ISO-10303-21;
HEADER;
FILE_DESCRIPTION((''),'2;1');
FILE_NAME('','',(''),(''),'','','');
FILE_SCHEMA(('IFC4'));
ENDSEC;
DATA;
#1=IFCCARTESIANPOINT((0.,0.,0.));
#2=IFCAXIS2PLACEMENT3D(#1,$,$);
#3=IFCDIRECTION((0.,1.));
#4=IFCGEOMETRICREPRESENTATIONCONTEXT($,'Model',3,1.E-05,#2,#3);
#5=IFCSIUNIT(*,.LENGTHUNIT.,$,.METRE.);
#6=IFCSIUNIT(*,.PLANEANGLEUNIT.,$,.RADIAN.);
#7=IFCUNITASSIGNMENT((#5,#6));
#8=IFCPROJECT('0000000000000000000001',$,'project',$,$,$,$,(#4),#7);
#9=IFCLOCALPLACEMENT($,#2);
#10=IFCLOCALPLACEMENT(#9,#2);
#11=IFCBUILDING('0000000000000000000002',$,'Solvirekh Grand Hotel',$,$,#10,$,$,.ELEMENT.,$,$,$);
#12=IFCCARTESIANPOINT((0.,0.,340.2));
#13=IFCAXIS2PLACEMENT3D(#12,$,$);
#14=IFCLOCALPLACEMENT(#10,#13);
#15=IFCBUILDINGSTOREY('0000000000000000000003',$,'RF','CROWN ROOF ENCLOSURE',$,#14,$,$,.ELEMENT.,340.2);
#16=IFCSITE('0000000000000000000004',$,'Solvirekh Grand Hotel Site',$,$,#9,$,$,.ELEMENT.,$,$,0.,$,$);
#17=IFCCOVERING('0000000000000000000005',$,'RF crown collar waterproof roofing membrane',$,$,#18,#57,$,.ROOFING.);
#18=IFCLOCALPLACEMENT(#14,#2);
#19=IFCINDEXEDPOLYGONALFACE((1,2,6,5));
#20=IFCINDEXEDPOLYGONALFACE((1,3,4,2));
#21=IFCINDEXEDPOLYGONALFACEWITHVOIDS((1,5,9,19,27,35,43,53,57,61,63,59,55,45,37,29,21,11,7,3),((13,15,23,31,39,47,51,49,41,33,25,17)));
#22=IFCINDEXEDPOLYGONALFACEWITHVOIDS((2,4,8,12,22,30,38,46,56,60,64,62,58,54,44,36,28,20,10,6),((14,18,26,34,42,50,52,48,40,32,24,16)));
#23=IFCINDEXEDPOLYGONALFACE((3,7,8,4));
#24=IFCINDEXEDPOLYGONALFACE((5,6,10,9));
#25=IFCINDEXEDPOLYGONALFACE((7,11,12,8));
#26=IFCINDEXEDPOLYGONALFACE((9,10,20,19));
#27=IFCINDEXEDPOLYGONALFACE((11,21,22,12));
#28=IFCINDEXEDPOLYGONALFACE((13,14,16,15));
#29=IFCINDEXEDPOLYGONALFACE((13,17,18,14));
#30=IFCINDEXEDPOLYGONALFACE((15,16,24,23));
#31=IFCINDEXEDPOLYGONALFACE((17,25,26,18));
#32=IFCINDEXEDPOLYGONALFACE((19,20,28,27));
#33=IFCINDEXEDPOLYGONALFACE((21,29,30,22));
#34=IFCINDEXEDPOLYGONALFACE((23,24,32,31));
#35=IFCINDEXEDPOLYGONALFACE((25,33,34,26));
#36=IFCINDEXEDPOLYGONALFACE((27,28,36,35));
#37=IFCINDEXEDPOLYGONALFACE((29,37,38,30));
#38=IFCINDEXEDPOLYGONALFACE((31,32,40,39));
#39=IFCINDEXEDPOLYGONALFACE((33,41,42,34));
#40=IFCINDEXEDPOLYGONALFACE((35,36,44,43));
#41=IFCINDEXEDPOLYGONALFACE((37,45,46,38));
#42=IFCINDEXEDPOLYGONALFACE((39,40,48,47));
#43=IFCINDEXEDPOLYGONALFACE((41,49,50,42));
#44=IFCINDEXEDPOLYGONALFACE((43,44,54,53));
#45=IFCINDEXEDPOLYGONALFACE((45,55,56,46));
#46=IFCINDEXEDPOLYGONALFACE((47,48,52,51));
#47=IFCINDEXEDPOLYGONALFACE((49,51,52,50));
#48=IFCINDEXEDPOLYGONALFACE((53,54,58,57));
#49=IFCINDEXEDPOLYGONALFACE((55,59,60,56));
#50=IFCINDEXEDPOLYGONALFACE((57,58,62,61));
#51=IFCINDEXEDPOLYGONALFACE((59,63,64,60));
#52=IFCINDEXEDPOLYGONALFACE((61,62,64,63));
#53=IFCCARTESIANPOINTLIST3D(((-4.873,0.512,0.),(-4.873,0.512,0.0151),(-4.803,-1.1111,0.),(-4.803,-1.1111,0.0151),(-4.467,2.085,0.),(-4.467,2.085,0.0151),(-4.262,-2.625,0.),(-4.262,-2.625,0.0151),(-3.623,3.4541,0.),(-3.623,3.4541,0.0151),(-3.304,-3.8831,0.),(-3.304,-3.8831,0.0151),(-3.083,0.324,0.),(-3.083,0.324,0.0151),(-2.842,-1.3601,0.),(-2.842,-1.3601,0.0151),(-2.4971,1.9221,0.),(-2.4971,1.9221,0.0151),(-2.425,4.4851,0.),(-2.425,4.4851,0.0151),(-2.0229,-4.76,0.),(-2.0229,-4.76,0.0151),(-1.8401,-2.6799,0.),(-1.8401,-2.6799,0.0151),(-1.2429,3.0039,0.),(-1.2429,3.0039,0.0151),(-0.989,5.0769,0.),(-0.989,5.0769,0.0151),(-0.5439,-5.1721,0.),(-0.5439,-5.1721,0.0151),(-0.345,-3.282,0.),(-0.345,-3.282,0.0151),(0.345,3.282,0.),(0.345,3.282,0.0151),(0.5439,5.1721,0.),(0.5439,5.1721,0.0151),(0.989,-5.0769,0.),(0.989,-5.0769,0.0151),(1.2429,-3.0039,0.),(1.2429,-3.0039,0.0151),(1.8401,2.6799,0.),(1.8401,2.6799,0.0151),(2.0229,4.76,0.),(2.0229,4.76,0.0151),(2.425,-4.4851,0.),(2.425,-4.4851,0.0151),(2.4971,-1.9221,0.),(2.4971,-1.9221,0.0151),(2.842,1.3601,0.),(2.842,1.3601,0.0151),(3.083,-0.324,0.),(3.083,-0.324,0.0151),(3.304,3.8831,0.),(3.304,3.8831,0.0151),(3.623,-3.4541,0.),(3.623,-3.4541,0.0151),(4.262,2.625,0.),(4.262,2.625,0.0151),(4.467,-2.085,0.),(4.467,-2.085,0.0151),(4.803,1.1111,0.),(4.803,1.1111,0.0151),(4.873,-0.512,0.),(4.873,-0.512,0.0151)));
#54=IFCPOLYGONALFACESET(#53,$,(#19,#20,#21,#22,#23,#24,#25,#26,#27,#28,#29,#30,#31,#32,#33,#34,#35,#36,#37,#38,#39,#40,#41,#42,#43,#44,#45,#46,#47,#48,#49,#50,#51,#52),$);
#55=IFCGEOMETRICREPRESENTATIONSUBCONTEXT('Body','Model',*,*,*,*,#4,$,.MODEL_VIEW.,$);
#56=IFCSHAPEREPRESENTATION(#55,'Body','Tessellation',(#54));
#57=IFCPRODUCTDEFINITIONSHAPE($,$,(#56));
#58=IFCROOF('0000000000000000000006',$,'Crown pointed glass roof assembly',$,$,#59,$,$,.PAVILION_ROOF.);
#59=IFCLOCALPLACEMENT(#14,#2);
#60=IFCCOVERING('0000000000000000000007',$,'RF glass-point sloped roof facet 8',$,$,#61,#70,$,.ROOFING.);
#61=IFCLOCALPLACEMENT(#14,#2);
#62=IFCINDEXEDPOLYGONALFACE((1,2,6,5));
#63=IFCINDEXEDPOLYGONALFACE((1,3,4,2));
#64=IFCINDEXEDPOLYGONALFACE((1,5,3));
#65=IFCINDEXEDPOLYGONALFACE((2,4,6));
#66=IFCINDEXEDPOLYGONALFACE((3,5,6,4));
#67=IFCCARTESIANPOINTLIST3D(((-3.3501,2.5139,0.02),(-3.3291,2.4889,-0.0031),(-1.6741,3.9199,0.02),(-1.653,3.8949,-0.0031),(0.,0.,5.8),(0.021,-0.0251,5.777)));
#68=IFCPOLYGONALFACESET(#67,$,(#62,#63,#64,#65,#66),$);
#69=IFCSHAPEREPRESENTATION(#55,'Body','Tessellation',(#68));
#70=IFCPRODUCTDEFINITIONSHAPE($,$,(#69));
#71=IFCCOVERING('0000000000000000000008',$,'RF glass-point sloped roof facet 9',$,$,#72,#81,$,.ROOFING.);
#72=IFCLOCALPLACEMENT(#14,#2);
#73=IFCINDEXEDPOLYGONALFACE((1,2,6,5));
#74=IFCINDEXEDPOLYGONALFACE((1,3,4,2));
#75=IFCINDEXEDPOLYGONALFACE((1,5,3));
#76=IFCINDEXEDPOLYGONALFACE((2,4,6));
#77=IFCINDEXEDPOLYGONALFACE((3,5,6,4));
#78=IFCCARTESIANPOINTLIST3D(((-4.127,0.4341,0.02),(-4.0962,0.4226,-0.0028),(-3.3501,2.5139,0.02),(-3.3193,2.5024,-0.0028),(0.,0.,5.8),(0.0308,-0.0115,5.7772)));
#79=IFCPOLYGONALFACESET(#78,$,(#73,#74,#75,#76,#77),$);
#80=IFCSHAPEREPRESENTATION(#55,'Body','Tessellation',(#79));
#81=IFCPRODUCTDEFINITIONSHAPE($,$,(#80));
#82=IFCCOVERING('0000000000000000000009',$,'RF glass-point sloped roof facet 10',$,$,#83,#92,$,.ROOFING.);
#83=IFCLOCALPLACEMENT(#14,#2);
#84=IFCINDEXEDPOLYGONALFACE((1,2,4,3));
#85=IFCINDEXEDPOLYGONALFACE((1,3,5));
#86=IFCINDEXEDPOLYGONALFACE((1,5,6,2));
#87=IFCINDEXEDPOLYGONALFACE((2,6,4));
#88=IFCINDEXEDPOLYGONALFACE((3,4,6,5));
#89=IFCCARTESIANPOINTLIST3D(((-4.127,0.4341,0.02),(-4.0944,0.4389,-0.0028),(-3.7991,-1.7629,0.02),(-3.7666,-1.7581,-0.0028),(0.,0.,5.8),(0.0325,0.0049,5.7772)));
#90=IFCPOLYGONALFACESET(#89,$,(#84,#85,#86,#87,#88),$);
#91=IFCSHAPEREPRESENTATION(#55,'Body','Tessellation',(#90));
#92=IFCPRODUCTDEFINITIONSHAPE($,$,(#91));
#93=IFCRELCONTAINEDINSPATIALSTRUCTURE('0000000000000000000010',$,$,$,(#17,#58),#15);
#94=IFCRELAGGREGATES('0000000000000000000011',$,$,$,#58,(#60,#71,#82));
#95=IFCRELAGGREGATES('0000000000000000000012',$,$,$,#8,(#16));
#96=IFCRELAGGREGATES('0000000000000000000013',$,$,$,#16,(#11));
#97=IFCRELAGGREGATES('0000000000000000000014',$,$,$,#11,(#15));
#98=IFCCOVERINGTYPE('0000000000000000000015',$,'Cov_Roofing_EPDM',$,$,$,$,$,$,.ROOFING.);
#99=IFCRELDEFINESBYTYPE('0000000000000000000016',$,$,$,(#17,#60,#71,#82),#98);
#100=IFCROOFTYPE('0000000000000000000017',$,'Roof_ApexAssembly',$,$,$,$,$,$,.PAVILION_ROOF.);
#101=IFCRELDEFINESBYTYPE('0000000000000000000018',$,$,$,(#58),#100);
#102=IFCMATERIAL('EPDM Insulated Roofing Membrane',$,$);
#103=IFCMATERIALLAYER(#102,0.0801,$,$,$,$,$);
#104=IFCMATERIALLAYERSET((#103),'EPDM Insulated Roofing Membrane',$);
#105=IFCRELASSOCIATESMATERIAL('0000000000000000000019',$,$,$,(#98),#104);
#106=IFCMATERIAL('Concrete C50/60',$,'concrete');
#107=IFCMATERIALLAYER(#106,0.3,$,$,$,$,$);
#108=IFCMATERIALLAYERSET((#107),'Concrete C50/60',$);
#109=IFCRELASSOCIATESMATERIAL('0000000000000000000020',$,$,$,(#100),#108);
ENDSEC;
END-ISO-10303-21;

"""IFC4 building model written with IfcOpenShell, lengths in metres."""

from ifc_helpers import new_model, si_unit, direction, frame, origin, place, context, subcontext, project, spatial, polyline, outline, extrude, material, layer, layer_set, type_object, element, aggregate, save


model = new_model("IFC4")

# Units and contexts
model_context = context("Model", 3, precision=1e-05, world=origin(), true_north=direction((0.0, 1.0)))
body_context = subcontext(model_context, "Body", "Model", "MODEL_VIEW")
ifc_project = project(units=[si_unit("LENGTHUNIT", "METRE"), si_unit("PLANEANGLEUNIT", "RADIAN")], contexts=[model_context])

# Site, building, storey
site_placement = place(None, origin())
site = spatial("IfcSite", under=ifc_project, at=site_placement, Name="Solvirekh Grand Hotel Site", CompositionType="ELEMENT", RefElevation=0.0)
building_placement = place(site_placement, origin())
building = spatial("IfcBuilding", under=site, at=building_placement, Name="Solvirekh Grand Hotel", CompositionType="ELEMENT")
storey_placement = place(building_placement, frame((0.0, 0.0, 340.2)))
storey = spatial("IfcBuildingStorey", under=building, at=storey_placement, Name="RF", Description="CROWN ROOF ENCLOSURE", CompositionType="ELEMENT", Elevation=340.2)

# Covering
ifc_material_1 = material(Name="EPDM Insulated Roofing Membrane")
ifc_layer_1 = layer(ifc_material_1, 0.0801)
ifc_layer_set_1 = layer_set([ifc_layer_1], Name="EPDM Insulated Roofing Membrane")
covering_type = type_object("IfcCoveringType", Name="Cov_Roofing_EPDM", PredefinedType="ROOFING", material=ifc_layer_set_1)
covering_1_placement = place(storey_placement, origin())
element("IfcCovering", 1, at=covering_1_placement, inside=storey, type_object=covering_type, Name="RF crown collar waterproof roofing membrane", PredefinedType="ROOFING", context=body_context, shape_type="SweptSolid", body=[
    extrude(outline(polyline([(-0.5439, -5.1721), (0.989, -5.0769), (2.425, -4.4851), (3.623, -3.4541), (4.467, -2.085), (4.873, -0.512), (4.803, 1.1111), (4.262, 2.625), (3.304, 3.8831), (2.0229, 4.76), (0.5439, 5.1721), (-0.989, 5.0769), (-2.425, 4.4851), (-3.623, 3.4541), (-4.467, 2.085), (-4.873, 0.512), (-4.803, -1.1111), (-4.262, -2.625), (-3.304, -3.8831), (-2.0229, -4.76), (-0.5439, -5.1721)]), holes=[polyline([(-1.8401, -2.6799), (-2.842, -1.3601), (-3.083, 0.324), (-2.4971, 1.9221), (-1.2429, 3.0039), (0.345, 3.282), (1.8401, 2.6799), (2.842, 1.3601), (3.083, -0.324), (2.4971, -1.9221), (1.2429, -3.0039), (-0.345, -3.282), (-1.8401, -2.6799)])]), origin(), (0.0, 0.0, 1.0), 0.0151),
])

# Roof, coverings
ifc_material_2 = material(Name="Concrete C50/60", Category="concrete")
ifc_layer_2 = layer(ifc_material_2, 0.3)
ifc_layer_set_2 = layer_set([ifc_layer_2], Name="Concrete C50/60")
roof_type = type_object("IfcRoofType", Name="Roof_ApexAssembly", PredefinedType="PAVILION_ROOF", material=ifc_layer_set_2)
roof_placement = place(storey_placement, origin())
roof = element("IfcRoof", 2, at=roof_placement, inside=storey, type_object=roof_type, Name="Crown pointed glass roof assembly", PredefinedType="PAVILION_ROOF")
covering_2_placement = place(storey_placement, frame((-1.6741, 3.9199, 0.02), z_axis=(-0.525102, 0.625947, 0.576592), x_axis=(-0.766122, -0.642695, 0.0)))
covering_2 = element("IfcCovering", 3, at=covering_2_placement, type_object=covering_type, Name="RF glass-point sloped roof facet 8", PredefinedType="ROOFING", context=body_context, shape_type="SweptSolid", body=[
    extrude(outline(polyline([(0.0, 0.0), (2.1877, 0.0), (1.2368, 7.0744), (0.0, 0.0)])), origin(), (0.0, 0.0, -1.0), 0.04),
])
covering_3_placement = place(storey_placement, frame((-3.3501, 2.5139, 0.02), z_axis=(-0.769195, 0.287308, 0.570783), x_axis=(-0.349906, -0.936785, 0.0)))
covering_3 = element("IfcCovering", 4, at=covering_3_placement, type_object=covering_type, Name="RF glass-point sloped roof facet 9", PredefinedType="ROOFING", context=body_context, shape_type="SweptSolid", body=[
    extrude(outline(polyline([(0.0, 0.0), (2.2202, 0.0), (1.1828, 7.0394), (0.0, 0.0)])), origin(), (0.0, 0.0, -1.0), 0.04),
])
covering_4_placement = place(storey_placement, frame((-4.127, 0.4341, 0.02), z_axis=(-0.812125, -0.121201, 0.570757), x_axis=(0.147604, -0.989047, 0.0)))
covering_4 = element("IfcCovering", 5, at=covering_4_placement, type_object=covering_type, Name="RF glass-point sloped roof facet 10", PredefinedType="ROOFING", context=body_context, shape_type="SweptSolid", body=[
    extrude(outline(polyline([(0.0, 0.0), (2.2214, 0.0), (1.0385, 7.0392), (0.0, 0.0)])), origin(), (0.0, 0.0, -1.0), 0.04),
])
aggregate(roof, [covering_2, covering_3, covering_4])

save(model, "model.ifc")
